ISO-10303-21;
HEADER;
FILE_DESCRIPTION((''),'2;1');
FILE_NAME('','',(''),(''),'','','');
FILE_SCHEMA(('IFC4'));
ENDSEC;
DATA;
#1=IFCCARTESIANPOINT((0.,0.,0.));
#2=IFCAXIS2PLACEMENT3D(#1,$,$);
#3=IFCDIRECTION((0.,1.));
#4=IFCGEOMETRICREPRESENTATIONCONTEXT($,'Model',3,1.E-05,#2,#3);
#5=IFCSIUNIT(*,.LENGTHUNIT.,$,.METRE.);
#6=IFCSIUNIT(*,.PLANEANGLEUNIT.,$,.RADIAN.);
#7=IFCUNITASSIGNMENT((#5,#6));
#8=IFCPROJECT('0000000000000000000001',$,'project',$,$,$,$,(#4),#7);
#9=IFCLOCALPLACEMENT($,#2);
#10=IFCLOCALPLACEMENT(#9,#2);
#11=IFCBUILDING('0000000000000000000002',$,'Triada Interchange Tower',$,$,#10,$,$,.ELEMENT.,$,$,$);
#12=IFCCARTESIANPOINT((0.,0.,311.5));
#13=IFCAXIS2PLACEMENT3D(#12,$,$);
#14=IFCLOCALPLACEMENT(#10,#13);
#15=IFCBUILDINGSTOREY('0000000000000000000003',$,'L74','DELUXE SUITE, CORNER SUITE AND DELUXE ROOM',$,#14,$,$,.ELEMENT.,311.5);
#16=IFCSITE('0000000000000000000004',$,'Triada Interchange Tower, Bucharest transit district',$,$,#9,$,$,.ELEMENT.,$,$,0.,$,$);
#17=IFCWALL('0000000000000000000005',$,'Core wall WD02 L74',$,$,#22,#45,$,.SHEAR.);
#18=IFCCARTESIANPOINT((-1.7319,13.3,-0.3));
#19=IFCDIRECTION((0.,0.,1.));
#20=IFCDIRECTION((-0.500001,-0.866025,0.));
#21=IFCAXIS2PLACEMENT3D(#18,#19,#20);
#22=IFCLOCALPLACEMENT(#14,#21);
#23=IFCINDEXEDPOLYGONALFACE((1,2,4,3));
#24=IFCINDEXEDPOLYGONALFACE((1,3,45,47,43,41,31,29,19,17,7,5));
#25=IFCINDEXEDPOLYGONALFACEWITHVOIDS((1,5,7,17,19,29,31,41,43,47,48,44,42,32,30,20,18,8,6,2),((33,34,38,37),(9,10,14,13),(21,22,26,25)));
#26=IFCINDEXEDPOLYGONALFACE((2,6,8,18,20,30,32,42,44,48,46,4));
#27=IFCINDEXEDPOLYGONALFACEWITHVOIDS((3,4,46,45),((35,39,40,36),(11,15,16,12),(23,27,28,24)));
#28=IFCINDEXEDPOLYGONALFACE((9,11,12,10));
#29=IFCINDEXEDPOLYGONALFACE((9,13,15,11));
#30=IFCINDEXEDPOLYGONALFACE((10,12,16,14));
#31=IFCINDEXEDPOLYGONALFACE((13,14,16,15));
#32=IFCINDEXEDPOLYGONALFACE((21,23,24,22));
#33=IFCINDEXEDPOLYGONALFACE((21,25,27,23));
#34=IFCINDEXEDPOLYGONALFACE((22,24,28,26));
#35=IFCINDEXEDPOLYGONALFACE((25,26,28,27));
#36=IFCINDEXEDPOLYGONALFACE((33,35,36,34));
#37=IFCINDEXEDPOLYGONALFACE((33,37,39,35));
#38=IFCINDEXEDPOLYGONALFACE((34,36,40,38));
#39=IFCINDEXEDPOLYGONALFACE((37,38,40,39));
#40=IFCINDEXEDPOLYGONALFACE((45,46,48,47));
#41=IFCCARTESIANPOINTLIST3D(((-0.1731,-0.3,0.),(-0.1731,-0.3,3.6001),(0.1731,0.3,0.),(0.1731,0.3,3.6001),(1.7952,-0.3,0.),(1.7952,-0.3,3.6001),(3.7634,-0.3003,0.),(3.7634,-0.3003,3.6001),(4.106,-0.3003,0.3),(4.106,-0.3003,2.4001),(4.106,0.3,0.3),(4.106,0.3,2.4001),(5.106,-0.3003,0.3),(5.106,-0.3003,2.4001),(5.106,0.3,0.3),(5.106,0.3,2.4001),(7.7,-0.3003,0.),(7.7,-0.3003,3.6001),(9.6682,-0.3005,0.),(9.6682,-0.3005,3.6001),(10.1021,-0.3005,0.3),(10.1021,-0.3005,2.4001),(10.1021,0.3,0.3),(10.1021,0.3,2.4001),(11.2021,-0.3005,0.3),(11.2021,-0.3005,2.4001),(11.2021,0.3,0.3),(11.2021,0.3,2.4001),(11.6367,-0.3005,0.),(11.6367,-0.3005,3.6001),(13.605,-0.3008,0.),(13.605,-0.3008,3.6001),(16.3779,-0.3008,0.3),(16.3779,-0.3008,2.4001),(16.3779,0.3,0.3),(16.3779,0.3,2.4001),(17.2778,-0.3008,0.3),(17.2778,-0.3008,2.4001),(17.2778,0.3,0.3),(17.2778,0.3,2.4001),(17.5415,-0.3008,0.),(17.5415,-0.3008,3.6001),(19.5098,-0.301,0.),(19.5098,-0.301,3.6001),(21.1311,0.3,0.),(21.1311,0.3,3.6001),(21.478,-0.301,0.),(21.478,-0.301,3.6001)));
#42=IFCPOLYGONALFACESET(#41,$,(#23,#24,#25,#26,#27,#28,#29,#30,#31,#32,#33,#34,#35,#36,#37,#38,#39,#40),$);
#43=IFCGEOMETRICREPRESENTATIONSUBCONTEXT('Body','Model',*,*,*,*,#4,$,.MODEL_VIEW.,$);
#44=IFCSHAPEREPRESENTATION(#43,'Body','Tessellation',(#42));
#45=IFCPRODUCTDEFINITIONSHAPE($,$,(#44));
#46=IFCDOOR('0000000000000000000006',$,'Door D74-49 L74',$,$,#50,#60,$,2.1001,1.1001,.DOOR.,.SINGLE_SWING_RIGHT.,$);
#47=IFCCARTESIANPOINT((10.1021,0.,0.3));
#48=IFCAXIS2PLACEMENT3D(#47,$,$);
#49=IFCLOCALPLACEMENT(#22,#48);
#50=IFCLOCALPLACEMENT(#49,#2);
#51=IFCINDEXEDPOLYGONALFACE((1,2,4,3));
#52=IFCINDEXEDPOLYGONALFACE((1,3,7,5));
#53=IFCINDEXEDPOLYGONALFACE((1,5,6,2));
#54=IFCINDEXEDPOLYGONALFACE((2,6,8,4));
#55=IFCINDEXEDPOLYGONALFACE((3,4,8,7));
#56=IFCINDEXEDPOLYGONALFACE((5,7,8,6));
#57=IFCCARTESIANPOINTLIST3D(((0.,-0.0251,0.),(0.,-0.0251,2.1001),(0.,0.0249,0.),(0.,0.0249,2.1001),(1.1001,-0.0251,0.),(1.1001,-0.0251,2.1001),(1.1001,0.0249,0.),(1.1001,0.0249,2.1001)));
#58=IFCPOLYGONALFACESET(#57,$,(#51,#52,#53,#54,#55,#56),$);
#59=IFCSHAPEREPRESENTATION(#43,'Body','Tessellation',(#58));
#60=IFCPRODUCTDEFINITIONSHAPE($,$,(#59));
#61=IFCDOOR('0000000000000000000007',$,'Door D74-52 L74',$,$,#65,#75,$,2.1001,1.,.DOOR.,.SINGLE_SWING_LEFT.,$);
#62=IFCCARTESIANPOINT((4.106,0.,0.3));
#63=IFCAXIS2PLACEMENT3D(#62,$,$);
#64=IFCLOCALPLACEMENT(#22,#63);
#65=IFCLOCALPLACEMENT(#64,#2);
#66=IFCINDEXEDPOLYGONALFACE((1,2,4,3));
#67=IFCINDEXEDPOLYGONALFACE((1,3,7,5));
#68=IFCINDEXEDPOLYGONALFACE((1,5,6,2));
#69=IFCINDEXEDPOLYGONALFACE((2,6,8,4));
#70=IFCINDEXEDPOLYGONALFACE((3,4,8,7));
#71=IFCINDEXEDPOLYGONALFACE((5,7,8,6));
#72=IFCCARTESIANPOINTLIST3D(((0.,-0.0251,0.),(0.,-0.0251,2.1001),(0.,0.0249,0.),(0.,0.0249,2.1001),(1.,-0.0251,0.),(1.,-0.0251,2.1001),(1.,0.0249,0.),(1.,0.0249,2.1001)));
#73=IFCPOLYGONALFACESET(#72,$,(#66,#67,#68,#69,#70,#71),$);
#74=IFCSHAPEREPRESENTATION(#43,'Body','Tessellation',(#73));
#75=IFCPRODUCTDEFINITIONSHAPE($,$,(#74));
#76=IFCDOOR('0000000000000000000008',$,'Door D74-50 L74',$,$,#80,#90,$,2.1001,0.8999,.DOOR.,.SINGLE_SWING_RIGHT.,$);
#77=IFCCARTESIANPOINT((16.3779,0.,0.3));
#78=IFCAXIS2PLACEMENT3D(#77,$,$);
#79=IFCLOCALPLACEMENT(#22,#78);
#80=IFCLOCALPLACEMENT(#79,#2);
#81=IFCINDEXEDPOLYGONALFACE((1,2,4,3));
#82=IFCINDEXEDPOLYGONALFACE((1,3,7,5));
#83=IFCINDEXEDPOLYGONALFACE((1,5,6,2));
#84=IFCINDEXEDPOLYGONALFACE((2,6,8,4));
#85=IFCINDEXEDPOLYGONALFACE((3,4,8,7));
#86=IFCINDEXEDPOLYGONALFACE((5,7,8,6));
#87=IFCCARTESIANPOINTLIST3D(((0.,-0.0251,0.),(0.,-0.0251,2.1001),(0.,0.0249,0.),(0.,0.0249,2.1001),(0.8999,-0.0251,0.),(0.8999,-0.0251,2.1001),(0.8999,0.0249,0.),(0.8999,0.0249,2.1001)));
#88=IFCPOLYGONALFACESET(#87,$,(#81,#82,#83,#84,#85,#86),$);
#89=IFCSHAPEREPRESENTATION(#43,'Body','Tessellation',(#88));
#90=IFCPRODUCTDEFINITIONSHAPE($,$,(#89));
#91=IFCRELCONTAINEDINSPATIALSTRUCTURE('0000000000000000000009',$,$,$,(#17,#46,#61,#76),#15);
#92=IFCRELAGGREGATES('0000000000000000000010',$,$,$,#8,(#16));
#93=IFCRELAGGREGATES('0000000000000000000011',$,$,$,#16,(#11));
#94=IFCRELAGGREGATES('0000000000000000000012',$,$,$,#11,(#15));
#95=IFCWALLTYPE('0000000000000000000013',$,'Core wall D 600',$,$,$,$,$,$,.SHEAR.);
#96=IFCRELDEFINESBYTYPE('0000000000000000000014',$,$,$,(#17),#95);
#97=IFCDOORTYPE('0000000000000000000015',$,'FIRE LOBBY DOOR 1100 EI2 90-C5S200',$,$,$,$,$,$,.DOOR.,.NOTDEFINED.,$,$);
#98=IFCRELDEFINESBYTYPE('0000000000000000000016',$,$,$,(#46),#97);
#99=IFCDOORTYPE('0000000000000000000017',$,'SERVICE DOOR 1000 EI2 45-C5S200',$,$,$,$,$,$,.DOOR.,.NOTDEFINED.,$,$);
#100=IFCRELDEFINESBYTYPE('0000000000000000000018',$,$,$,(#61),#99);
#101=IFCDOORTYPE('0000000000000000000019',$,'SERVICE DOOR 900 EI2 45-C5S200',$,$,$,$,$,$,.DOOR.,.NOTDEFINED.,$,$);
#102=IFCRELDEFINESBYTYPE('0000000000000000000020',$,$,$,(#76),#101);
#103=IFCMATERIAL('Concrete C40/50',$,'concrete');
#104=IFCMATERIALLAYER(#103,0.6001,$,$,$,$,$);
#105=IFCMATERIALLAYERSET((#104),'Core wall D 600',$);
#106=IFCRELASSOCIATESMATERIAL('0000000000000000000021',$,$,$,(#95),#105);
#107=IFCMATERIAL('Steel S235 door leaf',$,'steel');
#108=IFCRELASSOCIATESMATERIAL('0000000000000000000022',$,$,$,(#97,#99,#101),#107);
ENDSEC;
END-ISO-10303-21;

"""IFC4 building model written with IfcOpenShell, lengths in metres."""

from ifc_helpers import new_model, si_unit, direction, frame, frame_2d, origin, place, context, subcontext, project, spatial, polyline, rectangle, outline, extrude, material, layer, layer_set, type_object, element, fill, save


model = new_model("IFC4")

# Units and contexts
model_context = context("Model", 3, precision=1e-05, world=origin(), true_north=direction((0.0, 1.0)))
body_context = subcontext(model_context, "Body", "Model", "MODEL_VIEW")
ifc_project = project(units=[si_unit("LENGTHUNIT", "METRE"), si_unit("PLANEANGLEUNIT", "RADIAN")], contexts=[model_context])

# Site, building, storey
site_placement = place(None, origin())
site = spatial("IfcSite", under=ifc_project, at=site_placement, Name="Triada Interchange Tower, Bucharest transit district", CompositionType="ELEMENT", RefElevation=0.0)
building_placement = place(site_placement, origin())
building = spatial("IfcBuilding", under=site, at=building_placement, Name="Triada Interchange Tower", CompositionType="ELEMENT")
storey_placement = place(building_placement, frame((0.0, 0.0, 311.5)))
storey = spatial("IfcBuildingStorey", under=building, at=storey_placement, Name="L74", Description="DELUXE SUITE, CORNER SUITE AND DELUXE ROOM", CompositionType="ELEMENT", Elevation=311.5)

# Shared definitions
ifc_material_1 = material(Name="Concrete C40/50", Category="concrete")

# Wall, openings, doors
ifc_layer_1 = layer(ifc_material_1, 0.6001)
ifc_layer_set_1 = layer_set([ifc_layer_1], Name="Core wall D 600")
wall_type_1 = type_object("IfcWallType", Name="Core wall D 600", PredefinedType="SHEAR", material=ifc_layer_set_1)
wall_1_placement = place(storey_placement, frame((-1.7319, 13.3, -0.3), z_axis=(0.0, 0.0, 1.0), x_axis=(-0.500001, -0.866025, 0.0)))
wall_1 = element("IfcWall", 1, at=wall_1_placement, inside=storey, type_object=wall_type_1, Name="Core wall WD02 L74", PredefinedType="SHEAR", context=body_context, shape_type="SweptSolid", body=[
    extrude(outline(polyline([(-0.1731, -0.3), (1.7952, -0.3), (3.7634, -0.3003), (5.7317, -0.3003), (7.7, -0.3003), (9.6682, -0.3005), (11.6367, -0.3005), (13.605, -0.3008), (15.5732, -0.3008), (17.5415, -0.3008), (19.5098, -0.301), (21.478, -0.301), (21.1311, 0.3), (19.2258, 0.3), (17.3206, 0.3), (15.4153, 0.3), (13.51, 0.3), (11.6047, 0.3), (9.6995, 0.3), (7.7942, 0.3), (5.8889, 0.3), (3.9836, 0.3), (2.0784, 0.3), (0.1731, 0.3), (-0.1731, -0.3)])), origin(), (0.0, 0.0, 1.0), 3.6001),
])
opening_1_placement = place(wall_1_placement, frame((10.1021, 0.0, 0.3)))
opening_1 = element("IfcOpeningElement", 2, at=opening_1_placement, cuts=wall_1, PredefinedType="OPENING", context=body_context, shape_type="SweptSolid", body=[
    extrude(rectangle(XDim=1.1001, YDim=2.1001, at=frame_2d((0.55, 1.05))), frame((0.0, 0.3101, 0.0), z_axis=(0.0, -1.0, 0.0), x_axis=(1.0, 0.0, 0.0)), (0.0, 0.0, 1.0), 0.6211),
])
opening_2_placement = place(wall_1_placement, frame((16.3779, 0.0, 0.3)))
opening_2 = element("IfcOpeningElement", 3, at=opening_2_placement, cuts=wall_1, PredefinedType="OPENING", context=body_context, shape_type="SweptSolid", body=[
    extrude(rectangle(XDim=0.8999, YDim=2.1001, at=frame_2d((0.45, 1.05))), frame((0.0, 0.3101, 0.0), z_axis=(0.0, -1.0, 0.0), x_axis=(1.0, 0.0, 0.0)), (0.0, 0.0, 1.0), 0.6211),
])
opening_3_placement = place(wall_1_placement, frame((4.106, 0.0, 0.3)))
opening_3 = element("IfcOpeningElement", 4, at=opening_3_placement, cuts=wall_1, PredefinedType="OPENING", context=body_context, shape_type="SweptSolid", body=[
    extrude(rectangle(XDim=1.0, YDim=2.1001, at=frame_2d((0.5, 1.05))), frame((0.0, 0.3101, 0.0), z_axis=(0.0, -1.0, 0.0), x_axis=(1.0, 0.0, 0.0)), (0.0, 0.0, 1.0), 0.6211),
])
ifc_material_2 = material(Name="Steel S235 door leaf", Category="steel")
door_type_1 = type_object("IfcDoorType", Name="FIRE LOBBY DOOR 1100 EI2 90-C5S200", OperationType="NOTDEFINED", PredefinedType="DOOR", material=ifc_material_2)
door_1_placement = place(opening_1_placement, origin())
door_1 = element("IfcDoor", 5, at=door_1_placement, inside=storey, type_object=door_type_1, Name="Door D74-49 L74", OperationType="SINGLE_SWING_RIGHT", OverallHeight=2.1001, OverallWidth=1.1001, PredefinedType="DOOR", context=body_context, shape_type="SweptSolid", body=[
    extrude(rectangle(XDim=1.1001, YDim=2.1001, at=frame_2d((0.55, 1.05))), frame((0.0, 0.0249, 0.0), z_axis=(0.0, -1.0, 0.0), x_axis=(1.0, 0.0, 0.0)), (0.0, 0.0, 1.0), 0.05),
])
fill(opening_1, door_1)
door_type_2 = type_object("IfcDoorType", Name="SERVICE DOOR 1000 EI2 45-C5S200", OperationType="NOTDEFINED", PredefinedType="DOOR", material=ifc_material_2)
door_2_placement = place(opening_3_placement, origin())
door_2 = element("IfcDoor", 6, at=door_2_placement, inside=storey, type_object=door_type_2, Name="Door D74-52 L74", OperationType="SINGLE_SWING_LEFT", OverallHeight=2.1001, OverallWidth=1.0, PredefinedType="DOOR", context=body_context, shape_type="SweptSolid", body=[
    extrude(rectangle(XDim=1.0, YDim=2.1001, at=frame_2d((0.5, 1.05))), frame((0.0, 0.0249, 0.0), z_axis=(0.0, -1.0, 0.0), x_axis=(1.0, 0.0, 0.0)), (0.0, 0.0, 1.0), 0.05),
])
fill(opening_3, door_2)
door_type_3 = type_object("IfcDoorType", Name="SERVICE DOOR 900 EI2 45-C5S200", OperationType="NOTDEFINED", PredefinedType="DOOR", material=ifc_material_2)
door_3_placement = place(opening_2_placement, origin())
door_3 = element("IfcDoor", 7, at=door_3_placement, inside=storey, type_object=door_type_3, Name="Door D74-50 L74", OperationType="SINGLE_SWING_RIGHT", OverallHeight=2.1001, OverallWidth=0.8999, PredefinedType="DOOR", context=body_context, shape_type="SweptSolid", body=[
    extrude(rectangle(XDim=0.8999, YDim=2.1001, at=frame_2d((0.45, 1.05))), frame((0.0, 0.0249, 0.0), z_axis=(0.0, -1.0, 0.0), x_axis=(1.0, 0.0, 0.0)), (0.0, 0.0, 1.0), 0.05),
])
fill(opening_2, door_3)

save(model, "model.ifc")
